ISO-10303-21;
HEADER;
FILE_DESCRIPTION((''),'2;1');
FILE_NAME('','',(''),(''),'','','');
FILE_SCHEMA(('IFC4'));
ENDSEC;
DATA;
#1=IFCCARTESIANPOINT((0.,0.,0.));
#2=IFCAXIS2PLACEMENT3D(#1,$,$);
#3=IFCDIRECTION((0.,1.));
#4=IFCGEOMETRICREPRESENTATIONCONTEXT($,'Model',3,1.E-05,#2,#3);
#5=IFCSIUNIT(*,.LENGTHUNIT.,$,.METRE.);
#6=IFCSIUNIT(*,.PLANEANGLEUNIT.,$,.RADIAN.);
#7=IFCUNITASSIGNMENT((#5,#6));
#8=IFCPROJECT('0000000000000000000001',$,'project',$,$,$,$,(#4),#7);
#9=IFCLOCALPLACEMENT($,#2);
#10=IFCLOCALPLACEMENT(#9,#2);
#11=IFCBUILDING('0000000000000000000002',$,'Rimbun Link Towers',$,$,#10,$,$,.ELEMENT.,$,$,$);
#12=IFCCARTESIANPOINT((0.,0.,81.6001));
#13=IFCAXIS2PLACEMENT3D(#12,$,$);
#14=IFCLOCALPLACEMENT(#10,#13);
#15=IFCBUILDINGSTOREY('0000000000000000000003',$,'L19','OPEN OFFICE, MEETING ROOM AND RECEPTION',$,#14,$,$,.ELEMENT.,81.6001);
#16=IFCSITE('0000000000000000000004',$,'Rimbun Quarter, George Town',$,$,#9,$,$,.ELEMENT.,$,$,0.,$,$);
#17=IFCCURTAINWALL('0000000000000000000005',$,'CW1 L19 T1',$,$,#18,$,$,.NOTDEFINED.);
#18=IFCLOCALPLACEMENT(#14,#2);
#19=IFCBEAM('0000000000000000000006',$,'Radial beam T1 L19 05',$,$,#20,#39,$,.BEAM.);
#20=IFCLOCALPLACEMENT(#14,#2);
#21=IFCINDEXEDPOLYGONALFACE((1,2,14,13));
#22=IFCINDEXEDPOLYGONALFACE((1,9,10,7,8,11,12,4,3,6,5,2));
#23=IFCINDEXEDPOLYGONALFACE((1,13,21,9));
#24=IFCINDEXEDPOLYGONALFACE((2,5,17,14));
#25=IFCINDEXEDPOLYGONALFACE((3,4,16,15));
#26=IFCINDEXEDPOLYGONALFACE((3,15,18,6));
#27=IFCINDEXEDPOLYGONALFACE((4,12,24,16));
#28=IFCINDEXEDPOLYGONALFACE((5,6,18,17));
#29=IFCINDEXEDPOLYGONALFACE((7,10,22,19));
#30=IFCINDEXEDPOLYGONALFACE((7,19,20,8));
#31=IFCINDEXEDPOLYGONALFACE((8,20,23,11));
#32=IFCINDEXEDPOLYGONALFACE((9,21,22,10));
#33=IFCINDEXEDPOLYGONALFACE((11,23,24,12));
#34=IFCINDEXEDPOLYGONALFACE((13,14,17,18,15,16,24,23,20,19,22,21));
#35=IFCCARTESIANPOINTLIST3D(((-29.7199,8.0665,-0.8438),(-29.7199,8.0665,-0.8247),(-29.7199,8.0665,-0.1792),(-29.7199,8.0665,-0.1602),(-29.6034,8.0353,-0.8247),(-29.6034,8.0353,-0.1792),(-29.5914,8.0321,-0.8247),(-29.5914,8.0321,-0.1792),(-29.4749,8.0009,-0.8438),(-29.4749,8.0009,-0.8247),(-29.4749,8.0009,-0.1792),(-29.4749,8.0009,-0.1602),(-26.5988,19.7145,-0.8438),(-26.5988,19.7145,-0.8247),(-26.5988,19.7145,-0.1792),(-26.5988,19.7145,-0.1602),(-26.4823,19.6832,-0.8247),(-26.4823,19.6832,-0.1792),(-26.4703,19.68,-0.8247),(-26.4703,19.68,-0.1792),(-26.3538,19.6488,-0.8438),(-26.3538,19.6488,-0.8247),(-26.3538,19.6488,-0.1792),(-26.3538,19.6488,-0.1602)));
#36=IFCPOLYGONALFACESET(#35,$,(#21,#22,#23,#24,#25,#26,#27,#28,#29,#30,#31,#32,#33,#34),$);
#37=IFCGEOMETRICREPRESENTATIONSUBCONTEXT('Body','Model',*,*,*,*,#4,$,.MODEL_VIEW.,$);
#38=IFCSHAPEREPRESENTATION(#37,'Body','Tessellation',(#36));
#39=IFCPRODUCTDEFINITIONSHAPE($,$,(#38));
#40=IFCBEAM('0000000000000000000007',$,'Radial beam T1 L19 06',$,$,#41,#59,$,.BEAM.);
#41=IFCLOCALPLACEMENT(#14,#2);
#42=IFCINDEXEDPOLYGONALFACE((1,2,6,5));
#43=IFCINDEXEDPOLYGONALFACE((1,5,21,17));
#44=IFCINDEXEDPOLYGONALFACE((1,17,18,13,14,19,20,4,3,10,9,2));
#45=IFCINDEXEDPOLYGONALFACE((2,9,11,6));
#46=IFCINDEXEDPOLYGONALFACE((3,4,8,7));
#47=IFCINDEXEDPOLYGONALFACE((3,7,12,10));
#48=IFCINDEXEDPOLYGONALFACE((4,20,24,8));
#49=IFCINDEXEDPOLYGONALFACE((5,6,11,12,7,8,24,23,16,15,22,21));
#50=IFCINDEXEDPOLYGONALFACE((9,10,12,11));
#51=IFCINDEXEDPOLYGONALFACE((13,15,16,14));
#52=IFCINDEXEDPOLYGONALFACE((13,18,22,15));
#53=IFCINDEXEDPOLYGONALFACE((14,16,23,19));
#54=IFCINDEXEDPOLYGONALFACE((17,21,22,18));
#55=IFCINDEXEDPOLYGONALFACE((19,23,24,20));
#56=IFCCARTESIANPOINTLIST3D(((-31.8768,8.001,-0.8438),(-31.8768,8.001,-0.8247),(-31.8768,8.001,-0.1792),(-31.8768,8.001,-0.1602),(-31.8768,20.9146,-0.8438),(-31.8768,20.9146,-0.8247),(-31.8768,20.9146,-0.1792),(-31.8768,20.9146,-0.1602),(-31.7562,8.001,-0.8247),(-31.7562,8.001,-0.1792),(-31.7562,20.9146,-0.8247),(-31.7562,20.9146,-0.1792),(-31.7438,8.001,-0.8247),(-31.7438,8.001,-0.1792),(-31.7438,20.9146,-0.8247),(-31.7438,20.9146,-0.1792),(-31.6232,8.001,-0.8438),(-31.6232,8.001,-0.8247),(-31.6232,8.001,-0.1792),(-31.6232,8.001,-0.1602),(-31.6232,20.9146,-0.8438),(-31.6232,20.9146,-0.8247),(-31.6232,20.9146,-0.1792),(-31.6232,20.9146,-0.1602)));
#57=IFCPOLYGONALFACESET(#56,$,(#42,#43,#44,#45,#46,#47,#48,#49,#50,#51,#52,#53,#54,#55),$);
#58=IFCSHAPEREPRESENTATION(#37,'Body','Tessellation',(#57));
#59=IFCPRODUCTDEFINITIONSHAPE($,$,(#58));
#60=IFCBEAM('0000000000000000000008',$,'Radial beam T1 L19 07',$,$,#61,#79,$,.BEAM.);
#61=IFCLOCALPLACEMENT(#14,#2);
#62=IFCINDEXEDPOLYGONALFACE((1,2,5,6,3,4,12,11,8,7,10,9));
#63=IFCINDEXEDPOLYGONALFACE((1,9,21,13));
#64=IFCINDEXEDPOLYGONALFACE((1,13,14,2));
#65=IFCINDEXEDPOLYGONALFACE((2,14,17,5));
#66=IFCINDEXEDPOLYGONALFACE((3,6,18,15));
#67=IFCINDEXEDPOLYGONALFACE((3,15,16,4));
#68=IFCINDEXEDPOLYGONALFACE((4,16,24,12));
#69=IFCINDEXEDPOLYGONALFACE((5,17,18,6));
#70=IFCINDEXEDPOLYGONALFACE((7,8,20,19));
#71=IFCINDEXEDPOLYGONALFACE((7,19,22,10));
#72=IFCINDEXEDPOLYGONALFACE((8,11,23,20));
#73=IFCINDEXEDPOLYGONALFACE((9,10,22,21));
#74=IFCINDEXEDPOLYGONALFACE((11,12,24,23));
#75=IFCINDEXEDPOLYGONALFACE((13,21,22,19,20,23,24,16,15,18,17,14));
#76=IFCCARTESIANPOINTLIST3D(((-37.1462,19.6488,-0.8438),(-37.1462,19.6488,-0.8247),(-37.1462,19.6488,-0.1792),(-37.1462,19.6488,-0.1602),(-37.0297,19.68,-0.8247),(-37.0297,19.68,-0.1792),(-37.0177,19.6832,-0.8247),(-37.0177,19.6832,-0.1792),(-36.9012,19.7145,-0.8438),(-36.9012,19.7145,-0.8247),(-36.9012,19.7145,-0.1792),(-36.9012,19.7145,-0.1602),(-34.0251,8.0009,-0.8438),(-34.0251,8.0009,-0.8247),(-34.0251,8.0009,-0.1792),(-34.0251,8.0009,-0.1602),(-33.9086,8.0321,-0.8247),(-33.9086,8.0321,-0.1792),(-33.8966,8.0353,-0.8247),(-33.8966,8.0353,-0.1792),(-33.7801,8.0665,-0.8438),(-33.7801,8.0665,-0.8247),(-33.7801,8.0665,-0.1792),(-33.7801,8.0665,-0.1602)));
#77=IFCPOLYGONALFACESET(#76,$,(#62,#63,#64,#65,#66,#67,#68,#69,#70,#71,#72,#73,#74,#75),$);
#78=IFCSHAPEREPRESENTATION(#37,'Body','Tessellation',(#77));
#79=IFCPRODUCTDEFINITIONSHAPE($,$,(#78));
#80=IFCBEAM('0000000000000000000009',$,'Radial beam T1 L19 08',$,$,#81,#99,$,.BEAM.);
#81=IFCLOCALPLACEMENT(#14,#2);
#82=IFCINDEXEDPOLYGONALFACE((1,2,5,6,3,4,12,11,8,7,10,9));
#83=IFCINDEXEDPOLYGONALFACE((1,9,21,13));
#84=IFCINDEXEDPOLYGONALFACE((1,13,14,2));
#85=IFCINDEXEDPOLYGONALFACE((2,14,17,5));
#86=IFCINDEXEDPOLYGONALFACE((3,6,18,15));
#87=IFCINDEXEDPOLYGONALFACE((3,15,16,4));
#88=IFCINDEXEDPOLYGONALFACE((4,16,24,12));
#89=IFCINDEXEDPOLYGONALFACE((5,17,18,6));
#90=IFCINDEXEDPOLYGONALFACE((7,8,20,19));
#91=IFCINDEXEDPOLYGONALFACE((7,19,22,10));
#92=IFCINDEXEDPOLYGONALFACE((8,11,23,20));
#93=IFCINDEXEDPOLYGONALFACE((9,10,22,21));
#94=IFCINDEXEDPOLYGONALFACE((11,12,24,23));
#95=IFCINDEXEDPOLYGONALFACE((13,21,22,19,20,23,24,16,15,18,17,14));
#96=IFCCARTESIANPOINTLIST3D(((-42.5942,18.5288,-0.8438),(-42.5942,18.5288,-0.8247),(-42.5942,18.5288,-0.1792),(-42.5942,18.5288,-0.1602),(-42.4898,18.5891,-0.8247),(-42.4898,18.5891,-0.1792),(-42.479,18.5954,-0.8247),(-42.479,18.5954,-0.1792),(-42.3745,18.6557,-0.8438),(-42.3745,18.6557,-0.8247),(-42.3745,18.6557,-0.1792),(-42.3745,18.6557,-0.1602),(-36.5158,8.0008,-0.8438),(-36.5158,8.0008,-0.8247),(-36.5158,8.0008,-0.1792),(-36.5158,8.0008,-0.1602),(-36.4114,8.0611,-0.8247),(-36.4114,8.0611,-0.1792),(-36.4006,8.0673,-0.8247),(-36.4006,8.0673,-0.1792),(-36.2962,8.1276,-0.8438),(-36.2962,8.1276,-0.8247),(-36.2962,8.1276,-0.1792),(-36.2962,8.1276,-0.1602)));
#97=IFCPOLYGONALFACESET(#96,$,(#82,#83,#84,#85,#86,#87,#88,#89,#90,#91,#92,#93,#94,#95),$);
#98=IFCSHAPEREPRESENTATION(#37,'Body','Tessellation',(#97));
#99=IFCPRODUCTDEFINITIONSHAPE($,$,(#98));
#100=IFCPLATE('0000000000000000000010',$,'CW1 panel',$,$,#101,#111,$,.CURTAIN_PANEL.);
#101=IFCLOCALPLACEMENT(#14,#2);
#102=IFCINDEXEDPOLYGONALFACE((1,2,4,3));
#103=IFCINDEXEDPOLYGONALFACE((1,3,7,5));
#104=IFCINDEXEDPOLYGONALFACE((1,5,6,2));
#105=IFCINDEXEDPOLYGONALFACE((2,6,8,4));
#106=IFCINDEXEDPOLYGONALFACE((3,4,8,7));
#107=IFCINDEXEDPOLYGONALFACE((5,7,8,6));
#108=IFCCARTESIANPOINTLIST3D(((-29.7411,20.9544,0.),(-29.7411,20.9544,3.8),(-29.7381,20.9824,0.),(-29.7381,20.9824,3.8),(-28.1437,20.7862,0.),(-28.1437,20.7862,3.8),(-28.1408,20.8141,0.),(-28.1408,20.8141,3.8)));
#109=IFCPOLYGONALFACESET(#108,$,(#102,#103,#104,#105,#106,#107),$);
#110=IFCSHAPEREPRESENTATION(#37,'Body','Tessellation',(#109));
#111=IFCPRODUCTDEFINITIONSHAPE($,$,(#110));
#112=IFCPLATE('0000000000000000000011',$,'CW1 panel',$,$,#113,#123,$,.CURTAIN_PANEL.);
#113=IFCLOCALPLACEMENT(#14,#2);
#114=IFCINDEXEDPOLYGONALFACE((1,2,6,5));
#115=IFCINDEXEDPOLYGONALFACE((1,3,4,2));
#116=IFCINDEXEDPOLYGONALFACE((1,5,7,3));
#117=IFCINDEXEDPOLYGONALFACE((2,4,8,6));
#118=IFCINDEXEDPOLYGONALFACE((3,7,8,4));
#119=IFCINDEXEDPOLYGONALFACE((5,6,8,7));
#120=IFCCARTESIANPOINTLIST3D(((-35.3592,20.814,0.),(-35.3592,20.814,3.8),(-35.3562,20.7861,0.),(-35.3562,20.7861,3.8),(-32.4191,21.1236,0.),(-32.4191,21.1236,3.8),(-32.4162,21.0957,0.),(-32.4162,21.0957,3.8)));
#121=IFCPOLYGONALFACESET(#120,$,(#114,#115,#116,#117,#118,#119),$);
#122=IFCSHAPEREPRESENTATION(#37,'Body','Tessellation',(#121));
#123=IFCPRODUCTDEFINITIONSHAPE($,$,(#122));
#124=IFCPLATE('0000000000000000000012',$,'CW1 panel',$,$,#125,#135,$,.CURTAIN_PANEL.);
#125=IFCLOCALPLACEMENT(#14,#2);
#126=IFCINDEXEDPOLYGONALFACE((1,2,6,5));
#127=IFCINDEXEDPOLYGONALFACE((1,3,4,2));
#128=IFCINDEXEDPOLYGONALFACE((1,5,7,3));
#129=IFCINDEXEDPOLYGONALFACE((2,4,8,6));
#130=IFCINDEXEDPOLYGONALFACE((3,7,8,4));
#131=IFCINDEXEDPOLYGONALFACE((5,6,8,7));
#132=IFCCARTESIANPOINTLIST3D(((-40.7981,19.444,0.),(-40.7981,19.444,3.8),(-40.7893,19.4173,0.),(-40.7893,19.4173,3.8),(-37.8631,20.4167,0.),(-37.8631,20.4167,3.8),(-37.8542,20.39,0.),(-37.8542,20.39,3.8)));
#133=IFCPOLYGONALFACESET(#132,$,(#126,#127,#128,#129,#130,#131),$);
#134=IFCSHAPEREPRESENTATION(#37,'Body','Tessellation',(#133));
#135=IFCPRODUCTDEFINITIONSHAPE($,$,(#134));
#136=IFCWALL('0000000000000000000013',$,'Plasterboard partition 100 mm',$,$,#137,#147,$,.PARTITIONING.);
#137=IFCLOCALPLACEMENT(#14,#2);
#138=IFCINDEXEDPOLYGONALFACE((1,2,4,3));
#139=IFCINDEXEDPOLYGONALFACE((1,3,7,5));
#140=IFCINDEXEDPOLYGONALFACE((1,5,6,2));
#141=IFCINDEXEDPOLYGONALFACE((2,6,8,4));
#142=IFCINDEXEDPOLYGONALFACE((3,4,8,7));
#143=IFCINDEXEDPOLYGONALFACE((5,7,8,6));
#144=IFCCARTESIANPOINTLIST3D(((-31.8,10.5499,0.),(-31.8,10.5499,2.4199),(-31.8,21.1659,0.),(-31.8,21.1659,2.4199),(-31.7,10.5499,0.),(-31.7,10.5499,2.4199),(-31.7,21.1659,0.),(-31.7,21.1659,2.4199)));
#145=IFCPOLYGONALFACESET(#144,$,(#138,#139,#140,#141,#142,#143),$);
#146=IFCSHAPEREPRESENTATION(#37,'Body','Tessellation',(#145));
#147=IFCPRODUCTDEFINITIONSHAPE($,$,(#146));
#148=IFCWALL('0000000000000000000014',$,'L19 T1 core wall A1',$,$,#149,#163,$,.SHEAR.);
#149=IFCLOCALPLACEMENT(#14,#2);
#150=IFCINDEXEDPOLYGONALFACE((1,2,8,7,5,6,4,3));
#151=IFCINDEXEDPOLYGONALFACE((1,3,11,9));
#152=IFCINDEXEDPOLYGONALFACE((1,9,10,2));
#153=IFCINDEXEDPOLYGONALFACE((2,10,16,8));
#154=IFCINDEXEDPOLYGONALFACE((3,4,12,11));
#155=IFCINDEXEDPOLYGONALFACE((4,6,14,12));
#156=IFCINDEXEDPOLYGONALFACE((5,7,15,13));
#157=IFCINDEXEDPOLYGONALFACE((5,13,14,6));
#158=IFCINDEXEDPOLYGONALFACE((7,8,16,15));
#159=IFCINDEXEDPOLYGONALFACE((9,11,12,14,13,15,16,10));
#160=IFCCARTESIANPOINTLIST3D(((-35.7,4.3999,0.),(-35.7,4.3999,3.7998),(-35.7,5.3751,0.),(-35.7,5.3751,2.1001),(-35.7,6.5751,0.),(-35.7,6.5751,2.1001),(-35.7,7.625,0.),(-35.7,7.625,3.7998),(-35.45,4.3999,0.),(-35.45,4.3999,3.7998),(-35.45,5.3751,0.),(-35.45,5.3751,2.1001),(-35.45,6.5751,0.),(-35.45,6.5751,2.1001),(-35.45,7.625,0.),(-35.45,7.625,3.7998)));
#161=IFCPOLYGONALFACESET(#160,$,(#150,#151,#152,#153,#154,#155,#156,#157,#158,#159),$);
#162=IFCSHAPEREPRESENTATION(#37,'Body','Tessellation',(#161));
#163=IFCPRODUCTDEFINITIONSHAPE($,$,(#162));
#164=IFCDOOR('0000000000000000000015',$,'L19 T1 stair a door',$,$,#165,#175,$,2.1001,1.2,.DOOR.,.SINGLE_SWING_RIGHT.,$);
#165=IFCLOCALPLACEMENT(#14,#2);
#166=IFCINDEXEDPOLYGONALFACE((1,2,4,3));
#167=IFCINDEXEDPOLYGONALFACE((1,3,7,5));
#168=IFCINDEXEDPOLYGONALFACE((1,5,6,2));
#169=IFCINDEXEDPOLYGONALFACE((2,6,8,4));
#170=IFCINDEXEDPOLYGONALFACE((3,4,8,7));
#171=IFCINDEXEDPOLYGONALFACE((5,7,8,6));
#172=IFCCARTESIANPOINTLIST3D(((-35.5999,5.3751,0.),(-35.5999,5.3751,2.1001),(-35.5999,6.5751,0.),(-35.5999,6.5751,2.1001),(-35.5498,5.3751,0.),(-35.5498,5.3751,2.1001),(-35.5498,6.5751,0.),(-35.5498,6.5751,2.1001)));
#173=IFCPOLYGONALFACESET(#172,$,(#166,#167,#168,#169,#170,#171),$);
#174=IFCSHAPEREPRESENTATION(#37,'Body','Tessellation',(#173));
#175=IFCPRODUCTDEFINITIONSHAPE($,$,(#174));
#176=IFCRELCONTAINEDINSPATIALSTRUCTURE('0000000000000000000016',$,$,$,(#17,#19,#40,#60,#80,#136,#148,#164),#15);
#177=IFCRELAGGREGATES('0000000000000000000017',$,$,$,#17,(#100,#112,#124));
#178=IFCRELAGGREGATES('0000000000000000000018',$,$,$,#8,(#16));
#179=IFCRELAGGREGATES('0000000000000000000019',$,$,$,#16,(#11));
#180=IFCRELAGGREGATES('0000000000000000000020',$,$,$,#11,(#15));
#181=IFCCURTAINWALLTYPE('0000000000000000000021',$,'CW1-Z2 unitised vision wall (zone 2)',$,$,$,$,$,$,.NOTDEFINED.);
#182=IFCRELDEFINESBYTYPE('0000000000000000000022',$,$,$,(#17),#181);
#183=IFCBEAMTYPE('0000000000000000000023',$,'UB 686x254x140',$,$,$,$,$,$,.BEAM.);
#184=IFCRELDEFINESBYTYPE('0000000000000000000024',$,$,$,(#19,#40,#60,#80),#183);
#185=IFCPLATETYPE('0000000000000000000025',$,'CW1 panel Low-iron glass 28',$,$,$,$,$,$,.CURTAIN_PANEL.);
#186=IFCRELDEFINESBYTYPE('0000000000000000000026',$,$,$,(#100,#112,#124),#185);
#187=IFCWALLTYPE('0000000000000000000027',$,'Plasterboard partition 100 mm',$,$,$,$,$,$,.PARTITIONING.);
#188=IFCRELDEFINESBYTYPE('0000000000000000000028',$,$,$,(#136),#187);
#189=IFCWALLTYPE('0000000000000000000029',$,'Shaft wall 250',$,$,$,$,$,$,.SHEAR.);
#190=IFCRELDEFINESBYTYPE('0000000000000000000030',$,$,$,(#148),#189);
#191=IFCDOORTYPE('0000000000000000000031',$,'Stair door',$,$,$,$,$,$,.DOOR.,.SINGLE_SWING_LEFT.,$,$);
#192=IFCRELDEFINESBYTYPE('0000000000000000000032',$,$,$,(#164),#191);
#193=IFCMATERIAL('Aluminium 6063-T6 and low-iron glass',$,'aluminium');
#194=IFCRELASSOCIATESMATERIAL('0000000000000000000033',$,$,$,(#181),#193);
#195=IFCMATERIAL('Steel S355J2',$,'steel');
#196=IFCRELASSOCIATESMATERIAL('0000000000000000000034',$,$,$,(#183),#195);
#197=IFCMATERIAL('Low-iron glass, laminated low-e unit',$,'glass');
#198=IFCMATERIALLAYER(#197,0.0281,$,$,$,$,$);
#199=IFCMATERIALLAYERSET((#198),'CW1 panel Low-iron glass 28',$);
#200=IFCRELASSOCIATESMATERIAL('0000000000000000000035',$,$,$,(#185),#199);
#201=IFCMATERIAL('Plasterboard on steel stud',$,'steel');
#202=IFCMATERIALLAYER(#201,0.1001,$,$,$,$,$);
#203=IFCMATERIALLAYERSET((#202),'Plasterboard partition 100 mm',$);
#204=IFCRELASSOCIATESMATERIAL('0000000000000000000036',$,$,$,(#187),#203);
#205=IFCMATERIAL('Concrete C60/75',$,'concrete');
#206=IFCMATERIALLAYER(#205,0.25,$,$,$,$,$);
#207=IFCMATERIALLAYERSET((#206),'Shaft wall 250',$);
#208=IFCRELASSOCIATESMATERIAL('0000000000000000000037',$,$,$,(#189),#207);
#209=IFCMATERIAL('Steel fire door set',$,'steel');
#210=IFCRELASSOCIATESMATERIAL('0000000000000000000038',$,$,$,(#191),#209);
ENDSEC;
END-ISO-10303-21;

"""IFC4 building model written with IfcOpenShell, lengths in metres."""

from ifc_helpers import new_model, si_unit, direction, frame, frame_2d, origin, origin_2d, place, context, subcontext, project, spatial, rectangle, i_section, extrude, material, layer, layer_set, material_profile, profile_set, type_object, element, fill, aggregate, save


model = new_model("IFC4")

# Units and contexts
model_context = context("Model", 3, precision=1e-05, world=origin(), true_north=direction((0.0, 1.0)))
body_context = subcontext(model_context, "Body", "Model", "MODEL_VIEW")
ifc_project = project(units=[si_unit("LENGTHUNIT", "METRE"), si_unit("PLANEANGLEUNIT", "RADIAN")], contexts=[model_context])

# Site, building, storey
site_placement = place(None, origin())
site = spatial("IfcSite", under=ifc_project, at=site_placement, Name="Rimbun Quarter, George Town", CompositionType="ELEMENT", RefElevation=0.0)
building_placement = place(site_placement, origin())
building = spatial("IfcBuilding", under=site, at=building_placement, Name="Rimbun Link Towers", CompositionType="ELEMENT")
storey_placement = place(building_placement, frame((0.0, 0.0, 81.6001)))
storey = spatial("IfcBuildingStorey", under=building, at=storey_placement, Name="L19", Description="OPEN OFFICE, MEETING ROOM AND RECEPTION", CompositionType="ELEMENT", Elevation=81.6001)

# Curtain wall
ifc_material_1 = material(Name="Aluminium 6063-T6 and low-iron glass", Category="aluminium")
curtain_wall_type = type_object("IfcCurtainWallType", Name="CW1-Z2 unitised vision wall (zone 2)", PredefinedType="NOTDEFINED", material=ifc_material_1)
curtain_wall_placement = place(storey_placement, origin())
curtain_wall = element("IfcCurtainWall", 1, at=curtain_wall_placement, inside=storey, type_object=curtain_wall_type, Name="CW1 L19 T1", PredefinedType="NOTDEFINED")

# Beams
ifc_material_2 = material(Name="Steel S355J2", Category="steel")
ifc_material_profile_1 = material_profile(ifc_material_2, i_section(OverallWidth=0.2537, OverallDepth=0.6836, WebThickness=0.0125, FlangeThickness=0.019, at=origin_2d()), Name="UB 686x254x140")
ifc_profile_set_1 = profile_set([ifc_material_profile_1], Name="Steel S355J2")
beam_type_1 = type_object("IfcBeamType", Name="UB 686x254x140", PredefinedType="BEAM", material=ifc_profile_set_1)
beam_1_placement = place(storey_placement, frame((-29.5974, 8.0337, -0.502), z_axis=(0.258822, 0.965925, 0.0), x_axis=(-0.965925, 0.258822, 0.0)))
element("IfcBeam", 2, at=beam_1_placement, inside=storey, type_object=beam_type_1, Name="Radial beam T1 L19 05", PredefinedType="BEAM", context=body_context, shape_type="SweptSolid", body=[
    extrude(i_section(OverallWidth=0.2537, OverallDepth=0.6836, WebThickness=0.0125, FlangeThickness=0.019, at=origin_2d()), origin(), (0.0, 0.0, 1.0), 12.0588),
])
beam_2_placement = place(storey_placement, frame((-31.75, 8.001, -0.502), z_axis=(0.0, 1.0, 0.0), x_axis=(-1.0, 0.0, 0.0)))
element("IfcBeam", 3, at=beam_2_placement, inside=storey, type_object=beam_type_1, Name="Radial beam T1 L19 06", PredefinedType="BEAM", context=body_context, shape_type="SweptSolid", body=[
    extrude(i_section(OverallWidth=0.2537, OverallDepth=0.6836, WebThickness=0.0125, FlangeThickness=0.019, at=origin_2d()), origin(), (0.0, 0.0, 1.0), 12.9136),
])
beam_3_placement = place(storey_placement, frame((-33.9026, 8.0337, -0.502), z_axis=(-0.258822, 0.965925, 0.0), x_axis=(-0.965925, -0.258822, 0.0)))
element("IfcBeam", 4, at=beam_3_placement, inside=storey, type_object=beam_type_1, Name="Radial beam T1 L19 07", PredefinedType="BEAM", context=body_context, shape_type="SweptSolid", body=[
    extrude(i_section(OverallWidth=0.2537, OverallDepth=0.6836, WebThickness=0.0125, FlangeThickness=0.019, at=origin_2d()), origin(), (0.0, 0.0, 1.0), 12.0588),
])
beam_4_placement = place(storey_placement, frame((-36.406, 8.0642, -0.502), z_axis=(-0.499999, 0.866026, 0.0), x_axis=(-0.866026, -0.499999, 0.0)))
element("IfcBeam", 5, at=beam_4_placement, inside=storey, type_object=beam_type_1, Name="Radial beam T1 L19 08", PredefinedType="BEAM", context=body_context, shape_type="SweptSolid", body=[
    extrude(i_section(OverallWidth=0.2537, OverallDepth=0.6836, WebThickness=0.0125, FlangeThickness=0.019, at=origin_2d()), origin(), (0.0, 0.0, 1.0), 12.1567),
])

# Plates
ifc_material_3 = material(Name="Low-iron glass, laminated low-e unit", Category="glass")
ifc_layer_1 = layer(ifc_material_3, 0.0281)
ifc_layer_set_1 = layer_set([ifc_layer_1], Name="CW1 panel Low-iron glass 28")
plate_type = type_object("IfcPlateType", Name="CW1 panel Low-iron glass 28", PredefinedType="CURTAIN_PANEL", material=ifc_layer_set_1)
plate_1_placement = place(storey_placement, frame((-28.9409, 20.8843, 0.0), z_axis=(0.0, 0.0, 1.0), x_axis=(0.9945, -0.104736, 0.0)))
plate_1 = element("IfcPlate", 6, at=plate_1_placement, type_object=plate_type, Name="CW1 panel", PredefinedType="CURTAIN_PANEL", context=body_context, shape_type="SweptSolid", body=[
    extrude(rectangle(XDim=1.6062, YDim=0.0281, at=origin_2d()), origin(), (0.0, 0.0, 1.0), 3.8),
])
plate_2_placement = place(storey_placement, frame((-33.8877, 20.9548, 0.0), z_axis=(0.0, 0.0, 1.0), x_axis=(0.9945, 0.104736, 0.0)))
plate_2 = element("IfcPlate", 7, at=plate_2_placement, type_object=plate_type, Name="CW1 panel", PredefinedType="CURTAIN_PANEL", context=body_context, shape_type="SweptSolid", body=[
    extrude(rectangle(XDim=2.9563, YDim=0.0281, at=origin_2d()), origin(), (0.0, 0.0, 1.0), 3.8),
])
plate_3_placement = place(storey_placement, frame((-39.3262, 19.917, 0.0), z_axis=(0.0, 0.0, 1.0), x_axis=(0.949232, 0.314576, 0.0)))
plate_3 = element("IfcPlate", 8, at=plate_3_placement, type_object=plate_type, Name="CW1 panel", PredefinedType="CURTAIN_PANEL", context=body_context, shape_type="SweptSolid", body=[
    extrude(rectangle(XDim=3.092, YDim=0.0281, at=origin_2d()), origin(), (0.0, 0.0, 1.0), 3.8),
])
aggregate(curtain_wall, [plate_1, plate_2, plate_3])

# Wall
ifc_material_4 = material(Name="Plasterboard on steel stud", Category="steel")
ifc_layer_2 = layer(ifc_material_4, 0.1001)
ifc_layer_set_2 = layer_set([ifc_layer_2], Name="Plasterboard partition 100 mm")
wall_type_1 = type_object("IfcWallType", Name="Plasterboard partition 100 mm", PredefinedType="PARTITIONING", material=ifc_layer_set_2)
wall_1_placement = place(storey_placement, frame((-31.75, 21.166, 0.0), z_axis=(0.0, 0.0, 1.0), x_axis=(0.0, -1.0, 0.0)))
element("IfcWall", 9, at=wall_1_placement, inside=storey, type_object=wall_type_1, Name="Plasterboard partition 100 mm", PredefinedType="PARTITIONING", context=body_context, shape_type="SweptSolid", body=[
    extrude(rectangle(XDim=10.616, YDim=0.1001, at=frame_2d((5.3081, 0.0))), origin(), (0.0, 0.0, 1.0), 2.4199),
])

# Wall, opening, door
ifc_material_5 = material(Name="Concrete C60/75", Category="concrete")
ifc_layer_3 = layer(ifc_material_5, 0.25)
ifc_layer_set_3 = layer_set([ifc_layer_3], Name="Shaft wall 250")
wall_type_2 = type_object("IfcWallType", Name="Shaft wall 250", PredefinedType="SHEAR", material=ifc_layer_set_3)
wall_2_placement = place(storey_placement, frame((-35.575, 4.3999, 0.0), z_axis=(0.0, 0.0, 1.0), x_axis=(0.0, 1.0, 0.0)))
wall_2 = element("IfcWall", 10, at=wall_2_placement, inside=storey, type_object=wall_type_2, Name="L19 T1 core wall A1", PredefinedType="SHEAR", context=body_context, shape_type="SweptSolid", body=[
    extrude(rectangle(XDim=3.2251, YDim=0.25, at=frame_2d((1.6125, 0.0))), origin(), (0.0, 0.0, 1.0), 3.7998),
])
opening_1_placement = place(wall_2_placement, frame((0.9751, 0.0, 0.0)))
opening_1 = element("IfcOpeningElement", 11, at=opening_1_placement, cuts=wall_2, PredefinedType="OPENING", context=body_context, shape_type="SweptSolid", body=[
    extrude(rectangle(XDim=1.2, YDim=2.1001, at=frame_2d((0.6001, 1.05))), frame((0.0, 0.135, 0.0), z_axis=(0.0, -1.0, 0.0), x_axis=(1.0, 0.0, 0.0)), (0.0, 0.0, 1.0), 0.27),
])
ifc_material_6 = material(Name="Steel fire door set", Category="steel")
door_type_1 = type_object("IfcDoorType", Name="Stair door", OperationType="SINGLE_SWING_LEFT", PredefinedType="DOOR", material=ifc_material_6)
door_1_placement = place(opening_1_placement, origin())
door_1 = element("IfcDoor", 12, at=door_1_placement, inside=storey, type_object=door_type_1, Name="L19 T1 stair a door", OperationType="SINGLE_SWING_RIGHT", OverallHeight=2.1001, OverallWidth=1.2, PredefinedType="DOOR", context=body_context, shape_type="SweptSolid", body=[
    extrude(rectangle(XDim=1.2, YDim=2.1001, at=frame_2d((0.6001, 1.05))), frame((0.0, 0.0249, 0.0), z_axis=(0.0, -1.0, 0.0), x_axis=(1.0, 0.0, 0.0)), (0.0, 0.0, 1.0), 0.05),
])
fill(opening_1, door_1)

save(model, "model.ifc")
